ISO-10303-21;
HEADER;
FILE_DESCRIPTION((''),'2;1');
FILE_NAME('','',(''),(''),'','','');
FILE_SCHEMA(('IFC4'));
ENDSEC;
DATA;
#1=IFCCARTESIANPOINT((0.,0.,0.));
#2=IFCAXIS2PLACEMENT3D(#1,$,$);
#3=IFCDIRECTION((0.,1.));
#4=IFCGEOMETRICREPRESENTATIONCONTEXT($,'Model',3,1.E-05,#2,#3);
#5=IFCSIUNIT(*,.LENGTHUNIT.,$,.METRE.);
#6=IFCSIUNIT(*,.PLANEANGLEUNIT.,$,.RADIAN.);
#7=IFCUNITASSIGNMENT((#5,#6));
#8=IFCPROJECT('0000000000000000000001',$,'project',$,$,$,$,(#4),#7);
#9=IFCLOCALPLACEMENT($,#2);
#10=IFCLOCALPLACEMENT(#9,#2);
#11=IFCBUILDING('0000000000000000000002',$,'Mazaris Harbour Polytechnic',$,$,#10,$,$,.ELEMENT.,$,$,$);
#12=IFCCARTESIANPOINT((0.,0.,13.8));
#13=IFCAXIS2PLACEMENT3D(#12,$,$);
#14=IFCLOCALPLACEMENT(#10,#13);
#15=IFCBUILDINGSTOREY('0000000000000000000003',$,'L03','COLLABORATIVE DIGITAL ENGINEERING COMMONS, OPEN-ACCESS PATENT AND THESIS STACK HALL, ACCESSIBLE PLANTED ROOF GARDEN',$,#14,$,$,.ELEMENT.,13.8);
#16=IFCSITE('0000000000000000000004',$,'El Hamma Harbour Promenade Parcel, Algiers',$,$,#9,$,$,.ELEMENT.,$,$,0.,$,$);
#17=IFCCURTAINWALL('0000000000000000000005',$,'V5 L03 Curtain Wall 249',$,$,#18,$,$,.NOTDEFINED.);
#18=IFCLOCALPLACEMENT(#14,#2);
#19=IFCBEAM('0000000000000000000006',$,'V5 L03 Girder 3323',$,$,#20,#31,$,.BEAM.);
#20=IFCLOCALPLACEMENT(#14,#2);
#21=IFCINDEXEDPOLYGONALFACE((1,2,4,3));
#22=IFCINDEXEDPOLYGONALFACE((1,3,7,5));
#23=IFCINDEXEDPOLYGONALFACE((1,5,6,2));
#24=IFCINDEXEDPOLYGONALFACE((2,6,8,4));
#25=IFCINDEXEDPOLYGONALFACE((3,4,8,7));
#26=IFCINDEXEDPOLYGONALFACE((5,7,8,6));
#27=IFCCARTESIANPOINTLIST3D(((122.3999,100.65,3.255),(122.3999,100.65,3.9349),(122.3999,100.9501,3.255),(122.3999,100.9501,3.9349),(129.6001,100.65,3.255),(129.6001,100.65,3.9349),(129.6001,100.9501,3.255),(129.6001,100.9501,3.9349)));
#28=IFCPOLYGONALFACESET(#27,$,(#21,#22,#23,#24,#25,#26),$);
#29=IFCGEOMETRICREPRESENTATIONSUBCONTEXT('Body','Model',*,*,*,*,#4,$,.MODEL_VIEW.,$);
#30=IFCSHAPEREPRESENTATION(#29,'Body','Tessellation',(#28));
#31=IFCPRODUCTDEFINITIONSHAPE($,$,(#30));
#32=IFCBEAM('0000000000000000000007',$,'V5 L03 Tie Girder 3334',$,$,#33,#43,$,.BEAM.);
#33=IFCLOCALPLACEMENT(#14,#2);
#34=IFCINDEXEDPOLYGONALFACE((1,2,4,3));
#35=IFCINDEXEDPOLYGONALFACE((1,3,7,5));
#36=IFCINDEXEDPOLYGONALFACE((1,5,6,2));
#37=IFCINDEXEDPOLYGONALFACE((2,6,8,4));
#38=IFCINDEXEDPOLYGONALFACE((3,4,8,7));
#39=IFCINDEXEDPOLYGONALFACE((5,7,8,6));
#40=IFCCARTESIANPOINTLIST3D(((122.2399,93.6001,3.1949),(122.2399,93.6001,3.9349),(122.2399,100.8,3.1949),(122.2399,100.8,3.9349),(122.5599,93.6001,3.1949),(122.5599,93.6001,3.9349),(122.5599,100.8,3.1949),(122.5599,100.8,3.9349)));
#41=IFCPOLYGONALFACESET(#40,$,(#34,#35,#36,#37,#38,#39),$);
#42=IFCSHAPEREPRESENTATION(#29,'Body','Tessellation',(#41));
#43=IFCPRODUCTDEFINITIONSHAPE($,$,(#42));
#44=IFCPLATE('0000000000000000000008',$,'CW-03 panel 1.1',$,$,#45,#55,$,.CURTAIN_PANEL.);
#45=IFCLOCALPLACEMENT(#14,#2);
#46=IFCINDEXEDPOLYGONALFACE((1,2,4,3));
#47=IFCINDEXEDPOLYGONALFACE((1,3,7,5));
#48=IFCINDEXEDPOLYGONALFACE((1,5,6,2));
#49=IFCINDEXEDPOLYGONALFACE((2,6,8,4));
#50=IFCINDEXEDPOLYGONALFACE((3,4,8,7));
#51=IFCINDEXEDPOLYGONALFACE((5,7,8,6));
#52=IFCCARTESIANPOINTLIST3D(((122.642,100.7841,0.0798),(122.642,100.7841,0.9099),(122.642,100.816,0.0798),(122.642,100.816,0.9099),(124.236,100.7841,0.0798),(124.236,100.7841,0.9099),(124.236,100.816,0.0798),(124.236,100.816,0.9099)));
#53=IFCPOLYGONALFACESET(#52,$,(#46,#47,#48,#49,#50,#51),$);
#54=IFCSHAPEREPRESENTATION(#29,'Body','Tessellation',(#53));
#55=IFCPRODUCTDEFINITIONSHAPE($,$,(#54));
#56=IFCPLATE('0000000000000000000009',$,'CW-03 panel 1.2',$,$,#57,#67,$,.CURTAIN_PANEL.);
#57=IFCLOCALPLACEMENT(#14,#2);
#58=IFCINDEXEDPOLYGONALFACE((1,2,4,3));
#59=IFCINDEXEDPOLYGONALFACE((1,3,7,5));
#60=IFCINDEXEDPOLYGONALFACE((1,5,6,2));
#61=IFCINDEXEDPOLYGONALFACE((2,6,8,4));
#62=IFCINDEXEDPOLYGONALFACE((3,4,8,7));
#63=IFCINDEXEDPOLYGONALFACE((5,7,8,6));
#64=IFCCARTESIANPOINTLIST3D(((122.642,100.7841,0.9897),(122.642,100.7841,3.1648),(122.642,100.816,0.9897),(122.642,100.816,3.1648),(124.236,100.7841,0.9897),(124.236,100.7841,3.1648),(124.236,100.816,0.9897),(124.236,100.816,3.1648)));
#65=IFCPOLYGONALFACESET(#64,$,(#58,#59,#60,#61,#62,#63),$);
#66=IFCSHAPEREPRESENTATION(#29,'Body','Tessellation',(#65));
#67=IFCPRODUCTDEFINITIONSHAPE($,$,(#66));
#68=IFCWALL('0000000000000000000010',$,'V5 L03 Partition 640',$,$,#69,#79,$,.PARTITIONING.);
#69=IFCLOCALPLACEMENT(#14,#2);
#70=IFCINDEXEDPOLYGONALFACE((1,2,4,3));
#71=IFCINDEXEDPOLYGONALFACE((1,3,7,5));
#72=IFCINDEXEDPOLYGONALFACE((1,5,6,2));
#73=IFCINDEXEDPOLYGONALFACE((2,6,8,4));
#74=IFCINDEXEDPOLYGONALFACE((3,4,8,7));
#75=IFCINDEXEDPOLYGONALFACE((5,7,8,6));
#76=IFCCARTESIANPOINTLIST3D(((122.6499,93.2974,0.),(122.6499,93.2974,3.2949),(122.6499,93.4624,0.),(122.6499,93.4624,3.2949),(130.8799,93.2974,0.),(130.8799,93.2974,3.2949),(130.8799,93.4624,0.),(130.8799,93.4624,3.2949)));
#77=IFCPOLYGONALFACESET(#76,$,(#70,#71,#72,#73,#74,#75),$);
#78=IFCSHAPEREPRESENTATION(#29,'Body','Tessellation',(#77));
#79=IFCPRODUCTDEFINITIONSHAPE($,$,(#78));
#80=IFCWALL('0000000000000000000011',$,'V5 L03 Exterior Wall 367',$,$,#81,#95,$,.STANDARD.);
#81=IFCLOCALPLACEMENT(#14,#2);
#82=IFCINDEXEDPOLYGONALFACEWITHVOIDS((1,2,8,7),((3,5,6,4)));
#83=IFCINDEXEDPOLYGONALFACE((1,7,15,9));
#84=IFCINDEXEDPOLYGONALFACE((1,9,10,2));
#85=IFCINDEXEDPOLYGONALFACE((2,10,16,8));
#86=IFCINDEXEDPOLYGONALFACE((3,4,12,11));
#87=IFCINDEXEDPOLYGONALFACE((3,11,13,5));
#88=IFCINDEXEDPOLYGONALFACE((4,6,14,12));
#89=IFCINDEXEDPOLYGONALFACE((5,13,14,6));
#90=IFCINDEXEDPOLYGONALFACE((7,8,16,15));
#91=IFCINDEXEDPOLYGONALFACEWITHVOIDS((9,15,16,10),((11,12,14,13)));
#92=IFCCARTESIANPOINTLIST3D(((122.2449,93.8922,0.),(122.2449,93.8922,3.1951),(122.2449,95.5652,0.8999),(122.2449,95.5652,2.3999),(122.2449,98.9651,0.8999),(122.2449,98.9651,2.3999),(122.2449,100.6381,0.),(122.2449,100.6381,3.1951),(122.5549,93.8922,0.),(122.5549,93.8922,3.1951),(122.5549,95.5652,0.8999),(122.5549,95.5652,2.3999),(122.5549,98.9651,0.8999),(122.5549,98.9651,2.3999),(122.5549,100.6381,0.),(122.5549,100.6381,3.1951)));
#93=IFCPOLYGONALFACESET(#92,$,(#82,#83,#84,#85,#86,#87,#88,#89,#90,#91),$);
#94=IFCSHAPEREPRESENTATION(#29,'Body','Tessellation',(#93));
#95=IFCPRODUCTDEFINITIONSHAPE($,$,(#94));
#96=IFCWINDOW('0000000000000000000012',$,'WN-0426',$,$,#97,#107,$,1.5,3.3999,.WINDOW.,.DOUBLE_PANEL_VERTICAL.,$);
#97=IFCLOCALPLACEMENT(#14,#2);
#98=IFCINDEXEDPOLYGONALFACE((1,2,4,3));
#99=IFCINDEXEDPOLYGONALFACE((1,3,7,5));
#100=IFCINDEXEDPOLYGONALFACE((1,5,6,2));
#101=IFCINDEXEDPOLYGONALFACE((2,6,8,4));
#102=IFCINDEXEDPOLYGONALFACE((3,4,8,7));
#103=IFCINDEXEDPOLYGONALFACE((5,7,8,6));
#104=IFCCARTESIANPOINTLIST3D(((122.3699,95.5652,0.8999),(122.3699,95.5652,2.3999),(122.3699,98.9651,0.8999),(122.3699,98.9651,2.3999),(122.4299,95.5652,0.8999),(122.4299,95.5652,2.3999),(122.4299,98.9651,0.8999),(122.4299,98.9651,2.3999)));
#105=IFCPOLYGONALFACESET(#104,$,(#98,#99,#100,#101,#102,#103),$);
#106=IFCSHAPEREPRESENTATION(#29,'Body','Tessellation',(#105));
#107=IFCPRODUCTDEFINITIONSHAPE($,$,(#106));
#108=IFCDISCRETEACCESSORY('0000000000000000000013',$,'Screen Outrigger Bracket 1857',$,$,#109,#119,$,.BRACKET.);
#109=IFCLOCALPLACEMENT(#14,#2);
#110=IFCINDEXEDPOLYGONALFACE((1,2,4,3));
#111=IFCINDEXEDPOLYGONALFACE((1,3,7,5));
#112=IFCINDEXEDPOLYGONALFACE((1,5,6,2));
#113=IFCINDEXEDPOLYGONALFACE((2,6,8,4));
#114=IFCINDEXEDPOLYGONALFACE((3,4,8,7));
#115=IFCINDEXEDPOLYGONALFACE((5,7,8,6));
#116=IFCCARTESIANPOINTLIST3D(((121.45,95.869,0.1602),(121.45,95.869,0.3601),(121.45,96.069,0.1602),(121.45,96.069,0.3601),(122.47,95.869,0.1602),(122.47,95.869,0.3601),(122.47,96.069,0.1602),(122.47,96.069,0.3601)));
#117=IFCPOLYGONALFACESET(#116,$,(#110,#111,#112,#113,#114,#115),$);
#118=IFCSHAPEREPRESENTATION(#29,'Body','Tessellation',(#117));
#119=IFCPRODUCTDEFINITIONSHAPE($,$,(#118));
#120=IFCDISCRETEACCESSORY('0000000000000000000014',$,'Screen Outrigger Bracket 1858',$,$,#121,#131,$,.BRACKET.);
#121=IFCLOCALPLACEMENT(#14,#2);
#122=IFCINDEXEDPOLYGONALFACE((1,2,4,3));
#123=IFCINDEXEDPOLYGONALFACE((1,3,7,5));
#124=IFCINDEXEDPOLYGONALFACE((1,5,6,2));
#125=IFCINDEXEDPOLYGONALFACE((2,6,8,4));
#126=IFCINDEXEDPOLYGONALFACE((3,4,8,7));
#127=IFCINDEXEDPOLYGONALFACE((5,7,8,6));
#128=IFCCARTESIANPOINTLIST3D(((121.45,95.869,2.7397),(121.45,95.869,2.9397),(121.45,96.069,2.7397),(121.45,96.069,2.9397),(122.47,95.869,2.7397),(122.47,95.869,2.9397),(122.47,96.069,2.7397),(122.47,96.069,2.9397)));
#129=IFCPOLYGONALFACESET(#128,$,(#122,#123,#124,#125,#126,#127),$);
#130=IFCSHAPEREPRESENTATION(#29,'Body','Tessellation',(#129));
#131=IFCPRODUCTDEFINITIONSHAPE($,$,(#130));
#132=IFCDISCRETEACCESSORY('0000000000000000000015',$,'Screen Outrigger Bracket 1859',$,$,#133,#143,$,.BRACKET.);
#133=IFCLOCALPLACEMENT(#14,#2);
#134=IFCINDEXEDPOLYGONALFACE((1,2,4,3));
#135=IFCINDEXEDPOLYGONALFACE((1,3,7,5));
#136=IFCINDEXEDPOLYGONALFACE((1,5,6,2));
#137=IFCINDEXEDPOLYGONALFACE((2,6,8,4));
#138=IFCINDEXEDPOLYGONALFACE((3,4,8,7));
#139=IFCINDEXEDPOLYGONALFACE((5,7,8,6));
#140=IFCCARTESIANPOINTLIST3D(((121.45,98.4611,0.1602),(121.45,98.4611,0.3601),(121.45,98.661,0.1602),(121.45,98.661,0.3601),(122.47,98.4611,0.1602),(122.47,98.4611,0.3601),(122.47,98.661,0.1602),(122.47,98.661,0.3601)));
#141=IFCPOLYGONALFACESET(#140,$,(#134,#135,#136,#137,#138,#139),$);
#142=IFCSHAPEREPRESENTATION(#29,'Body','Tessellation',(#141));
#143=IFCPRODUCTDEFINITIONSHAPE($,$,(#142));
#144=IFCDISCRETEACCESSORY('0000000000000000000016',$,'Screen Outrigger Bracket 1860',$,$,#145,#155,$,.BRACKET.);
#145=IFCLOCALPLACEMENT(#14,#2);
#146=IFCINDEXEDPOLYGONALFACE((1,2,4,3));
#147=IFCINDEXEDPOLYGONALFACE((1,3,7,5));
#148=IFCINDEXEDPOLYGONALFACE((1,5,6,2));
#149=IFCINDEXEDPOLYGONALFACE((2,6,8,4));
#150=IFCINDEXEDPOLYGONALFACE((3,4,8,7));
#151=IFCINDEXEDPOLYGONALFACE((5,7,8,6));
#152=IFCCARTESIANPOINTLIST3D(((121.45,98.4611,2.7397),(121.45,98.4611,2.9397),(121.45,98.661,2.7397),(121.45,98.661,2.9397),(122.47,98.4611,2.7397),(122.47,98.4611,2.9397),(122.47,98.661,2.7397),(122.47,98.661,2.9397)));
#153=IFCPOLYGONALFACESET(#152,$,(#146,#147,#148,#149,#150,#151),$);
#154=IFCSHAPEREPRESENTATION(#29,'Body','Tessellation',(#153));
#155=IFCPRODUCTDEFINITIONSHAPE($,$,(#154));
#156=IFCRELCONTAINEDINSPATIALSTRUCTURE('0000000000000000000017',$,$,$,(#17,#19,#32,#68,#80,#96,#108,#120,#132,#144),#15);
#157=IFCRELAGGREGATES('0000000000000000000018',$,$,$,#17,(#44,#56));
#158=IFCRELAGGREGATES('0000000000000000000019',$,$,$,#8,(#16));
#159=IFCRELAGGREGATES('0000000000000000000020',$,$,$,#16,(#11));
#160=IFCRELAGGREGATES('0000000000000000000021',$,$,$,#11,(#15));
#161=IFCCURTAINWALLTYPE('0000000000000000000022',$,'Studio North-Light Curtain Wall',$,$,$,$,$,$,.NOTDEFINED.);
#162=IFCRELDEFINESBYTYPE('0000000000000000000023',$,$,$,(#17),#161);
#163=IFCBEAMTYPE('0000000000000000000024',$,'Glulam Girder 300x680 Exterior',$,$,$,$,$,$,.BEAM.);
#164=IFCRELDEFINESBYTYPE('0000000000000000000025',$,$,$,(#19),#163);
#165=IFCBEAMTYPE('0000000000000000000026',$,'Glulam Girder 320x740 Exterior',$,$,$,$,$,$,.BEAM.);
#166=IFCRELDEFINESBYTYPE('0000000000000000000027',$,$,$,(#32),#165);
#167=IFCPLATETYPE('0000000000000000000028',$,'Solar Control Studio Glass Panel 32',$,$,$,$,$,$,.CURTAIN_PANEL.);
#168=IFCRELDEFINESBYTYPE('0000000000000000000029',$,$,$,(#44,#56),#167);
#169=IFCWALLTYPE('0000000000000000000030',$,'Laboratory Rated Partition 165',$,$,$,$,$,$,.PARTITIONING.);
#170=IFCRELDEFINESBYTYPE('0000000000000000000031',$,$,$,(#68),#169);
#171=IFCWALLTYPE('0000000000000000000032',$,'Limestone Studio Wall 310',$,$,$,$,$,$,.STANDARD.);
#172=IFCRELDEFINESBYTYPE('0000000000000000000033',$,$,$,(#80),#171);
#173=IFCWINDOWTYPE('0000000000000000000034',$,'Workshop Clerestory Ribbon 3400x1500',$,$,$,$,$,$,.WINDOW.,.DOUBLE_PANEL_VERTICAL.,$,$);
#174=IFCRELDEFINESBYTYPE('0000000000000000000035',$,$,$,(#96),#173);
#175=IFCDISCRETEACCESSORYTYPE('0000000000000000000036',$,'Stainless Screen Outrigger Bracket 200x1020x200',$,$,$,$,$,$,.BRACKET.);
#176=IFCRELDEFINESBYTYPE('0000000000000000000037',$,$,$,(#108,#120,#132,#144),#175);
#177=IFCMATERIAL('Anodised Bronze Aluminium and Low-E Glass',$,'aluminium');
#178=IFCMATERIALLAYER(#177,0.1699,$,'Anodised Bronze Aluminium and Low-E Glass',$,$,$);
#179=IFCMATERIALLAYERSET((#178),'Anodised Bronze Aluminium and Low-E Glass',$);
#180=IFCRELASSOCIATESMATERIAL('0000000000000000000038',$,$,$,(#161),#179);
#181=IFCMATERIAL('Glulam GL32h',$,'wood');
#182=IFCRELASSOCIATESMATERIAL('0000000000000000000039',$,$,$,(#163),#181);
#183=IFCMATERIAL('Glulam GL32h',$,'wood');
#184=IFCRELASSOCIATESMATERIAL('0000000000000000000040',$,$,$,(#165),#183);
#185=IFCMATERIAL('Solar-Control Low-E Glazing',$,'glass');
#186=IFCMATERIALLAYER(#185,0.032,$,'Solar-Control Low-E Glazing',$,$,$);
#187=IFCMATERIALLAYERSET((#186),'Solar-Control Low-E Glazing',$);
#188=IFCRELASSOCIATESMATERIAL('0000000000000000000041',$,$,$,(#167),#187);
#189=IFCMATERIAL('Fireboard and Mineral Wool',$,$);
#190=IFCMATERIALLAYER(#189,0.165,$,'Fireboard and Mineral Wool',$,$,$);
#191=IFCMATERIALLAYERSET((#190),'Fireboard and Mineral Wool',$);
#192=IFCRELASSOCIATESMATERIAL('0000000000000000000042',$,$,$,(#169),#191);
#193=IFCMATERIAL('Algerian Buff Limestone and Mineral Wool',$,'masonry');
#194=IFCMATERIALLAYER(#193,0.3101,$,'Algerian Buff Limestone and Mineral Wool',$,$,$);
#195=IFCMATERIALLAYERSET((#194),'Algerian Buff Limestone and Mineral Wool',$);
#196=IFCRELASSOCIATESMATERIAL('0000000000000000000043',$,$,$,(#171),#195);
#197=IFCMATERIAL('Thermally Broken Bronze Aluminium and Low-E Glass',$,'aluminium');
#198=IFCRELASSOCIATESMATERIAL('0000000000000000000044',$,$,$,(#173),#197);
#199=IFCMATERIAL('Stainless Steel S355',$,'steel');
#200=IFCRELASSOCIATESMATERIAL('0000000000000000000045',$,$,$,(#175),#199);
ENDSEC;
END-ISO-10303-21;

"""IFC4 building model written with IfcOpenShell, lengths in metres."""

from ifc_helpers import new_model, si_unit, direction, frame, frame_2d, origin, origin_2d, place, context, subcontext, project, spatial, rectangle, extrude, material, layer, layer_set, material_profile, profile_set, type_object, element, fill, aggregate, save


model = new_model("IFC4")

# Units and contexts
model_context = context("Model", 3, precision=1e-05, world=origin(), true_north=direction((0.0, 1.0)))
body_context = subcontext(model_context, "Body", "Model", "MODEL_VIEW")
ifc_project = project(units=[si_unit("LENGTHUNIT", "METRE"), si_unit("PLANEANGLEUNIT", "RADIAN")], contexts=[model_context])

# Site, building, storey
site_placement = place(None, origin())
site = spatial("IfcSite", under=ifc_project, at=site_placement, Name="El Hamma Harbour Promenade Parcel, Algiers", CompositionType="ELEMENT", RefElevation=0.0)
building_placement = place(site_placement, origin())
building = spatial("IfcBuilding", under=site, at=building_placement, Name="Mazaris Harbour Polytechnic", CompositionType="ELEMENT")
storey_placement = place(building_placement, frame((0.0, 0.0, 13.8)))
storey = spatial("IfcBuildingStorey", under=building, at=storey_placement, Name="L03", Description="COLLABORATIVE DIGITAL ENGINEERING COMMONS, OPEN-ACCESS PATENT AND THESIS STACK HALL, ACCESSIBLE PLANTED ROOF GARDEN", CompositionType="ELEMENT", Elevation=13.8)

# Curtain wall
ifc_material_1 = material(Name="Anodised Bronze Aluminium and Low-E Glass", Category="aluminium")
ifc_layer_1 = layer(ifc_material_1, 0.1699, Name="Anodised Bronze Aluminium and Low-E Glass")
ifc_layer_set_1 = layer_set([ifc_layer_1], Name="Anodised Bronze Aluminium and Low-E Glass")
curtain_wall_type = type_object("IfcCurtainWallType", Name="Studio North-Light Curtain Wall", PredefinedType="NOTDEFINED", material=ifc_layer_set_1)
curtain_wall_placement = place(storey_placement, origin())
curtain_wall = element("IfcCurtainWall", 1, at=curtain_wall_placement, inside=storey, type_object=curtain_wall_type, Name="V5 L03 Curtain Wall 249", PredefinedType="NOTDEFINED")

# Beams
ifc_material_2 = material(Name="Glulam GL32h", Category="wood")
ifc_material_profile_1 = material_profile(ifc_material_2, rectangle(XDim=0.3, YDim=0.6799, at=origin_2d()), Name="RECT300x680")
ifc_profile_set_1 = profile_set([ifc_material_profile_1], Name="Glulam GL32h")
beam_type_1 = type_object("IfcBeamType", Name="Glulam Girder 300x680 Exterior", PredefinedType="BEAM", material=ifc_profile_set_1)
beam_1_placement = place(storey_placement, frame((122.3999, 100.8, 3.595), z_axis=(1.0, 0.0, 0.0), x_axis=(0.0, 1.0, 0.0)))
element("IfcBeam", 2, at=beam_1_placement, inside=storey, type_object=beam_type_1, Name="V5 L03 Girder 3323", PredefinedType="BEAM", context=body_context, shape_type="SweptSolid", body=[
    extrude(rectangle(XDim=0.3, YDim=0.6799, at=origin_2d()), origin(), (0.0, 0.0, 1.0), 7.2002),
])
ifc_material_3 = material(Name="Glulam GL32h", Category="wood")
ifc_material_profile_2 = material_profile(ifc_material_3, rectangle(XDim=0.3201, YDim=0.74, at=origin_2d()), Name="RECT320x740")
ifc_profile_set_2 = profile_set([ifc_material_profile_2], Name="Glulam GL32h")
beam_type_2 = type_object("IfcBeamType", Name="Glulam Girder 320x740 Exterior", PredefinedType="BEAM", material=ifc_profile_set_2)
beam_2_placement = place(storey_placement, frame((122.3999, 93.6001, 3.5649), z_axis=(0.0, 1.0, 0.0), x_axis=(-1.0, 0.0, 0.0)))
element("IfcBeam", 3, at=beam_2_placement, inside=storey, type_object=beam_type_2, Name="V5 L03 Tie Girder 3334", PredefinedType="BEAM", context=body_context, shape_type="SweptSolid", body=[
    extrude(rectangle(XDim=0.3201, YDim=0.74, at=origin_2d()), origin(), (0.0, 0.0, 1.0), 7.2),
])

# Plates
ifc_material_4 = material(Name="Solar-Control Low-E Glazing", Category="glass")
ifc_layer_2 = layer(ifc_material_4, 0.032, Name="Solar-Control Low-E Glazing")
ifc_layer_set_2 = layer_set([ifc_layer_2], Name="Solar-Control Low-E Glazing")
plate_type = type_object("IfcPlateType", Name="Solar Control Studio Glass Panel 32", PredefinedType="CURTAIN_PANEL", material=ifc_layer_set_2)
plate_1_placement = place(storey_placement, frame((123.439, 100.8, 0.0798), z_axis=(0.0, 0.0, 1.0), x_axis=(1.0, 0.0, 0.0)))
plate_1 = element("IfcPlate", 4, at=plate_1_placement, type_object=plate_type, Name="CW-03 panel 1.1", PredefinedType="CURTAIN_PANEL", context=body_context, shape_type="SweptSolid", body=[
    extrude(rectangle(XDim=1.594, YDim=0.032, at=origin_2d()), origin(), (0.0, 0.0, 1.0), 0.8301),
])
plate_2_placement = place(storey_placement, frame((123.439, 100.8, 0.9897), z_axis=(0.0, 0.0, 1.0), x_axis=(1.0, 0.0, 0.0)))
plate_2 = element("IfcPlate", 5, at=plate_2_placement, type_object=plate_type, Name="CW-03 panel 1.2", PredefinedType="CURTAIN_PANEL", context=body_context, shape_type="SweptSolid", body=[
    extrude(rectangle(XDim=1.594, YDim=0.032, at=origin_2d()), origin(), (0.0, 0.0, 1.0), 2.175),
])
aggregate(curtain_wall, [plate_1, plate_2])

# Wall
ifc_material_5 = material(Name="Fireboard and Mineral Wool")
ifc_layer_3 = layer(ifc_material_5, 0.165, Name="Fireboard and Mineral Wool")
ifc_layer_set_3 = layer_set([ifc_layer_3], Name="Fireboard and Mineral Wool")
wall_type_1 = type_object("IfcWallType", Name="Laboratory Rated Partition 165", PredefinedType="PARTITIONING", material=ifc_layer_set_3)
wall_1_placement = place(storey_placement, frame((122.6499, 93.3799, 0.0), z_axis=(0.0, 0.0, 1.0), x_axis=(1.0, 0.0, 0.0)))
element("IfcWall", 6, at=wall_1_placement, inside=storey, type_object=wall_type_1, Name="V5 L03 Partition 640", PredefinedType="PARTITIONING", context=body_context, shape_type="SweptSolid", body=[
    extrude(rectangle(XDim=8.23, YDim=0.165, at=frame_2d((4.115, 0.0))), origin(), (0.0, 0.0, 1.0), 3.2949),
])

# Wall, opening, window
ifc_material_6 = material(Name="Algerian Buff Limestone and Mineral Wool", Category="masonry")
ifc_layer_4 = layer(ifc_material_6, 0.3101, Name="Algerian Buff Limestone and Mineral Wool")
ifc_layer_set_4 = layer_set([ifc_layer_4], Name="Algerian Buff Limestone and Mineral Wool")
wall_type_2 = type_object("IfcWallType", Name="Limestone Studio Wall 310", PredefinedType="STANDARD", material=ifc_layer_set_4)
wall_2_placement = place(storey_placement, frame((122.3999, 93.8921, 0.0), z_axis=(0.0, 0.0, 1.0), x_axis=(0.0, 1.0, 0.0)))
wall_2 = element("IfcWall", 7, at=wall_2_placement, inside=storey, type_object=wall_type_2, Name="V5 L03 Exterior Wall 367", PredefinedType="STANDARD", context=body_context, shape_type="SweptSolid", body=[
    extrude(rectangle(XDim=6.7458, YDim=0.3101, at=frame_2d((3.373, 0.0))), origin(), (0.0, 0.0, 1.0), 3.1951),
])
opening_placement = place(wall_2_placement, frame((1.6731, 0.0, 0.8999)))
opening = element("IfcOpeningElement", 8, at=opening_placement, cuts=wall_2, PredefinedType="OPENING", context=body_context, shape_type="SweptSolid", body=[
    extrude(rectangle(XDim=3.3999, YDim=1.5, at=frame_2d((1.7, 0.75))), frame((0.0, 0.165, 0.0), z_axis=(0.0, -1.0, 0.0), x_axis=(1.0, 0.0, 0.0)), (0.0, 0.0, 1.0), 0.3301),
])
ifc_material_7 = material(Name="Thermally Broken Bronze Aluminium and Low-E Glass", Category="aluminium")
window_type = type_object("IfcWindowType", Name="Workshop Clerestory Ribbon 3400x1500", PartitioningType="DOUBLE_PANEL_VERTICAL", PredefinedType="WINDOW", material=ifc_material_7)
window_placement = place(opening_placement, origin())
window = element("IfcWindow", 9, at=window_placement, inside=storey, type_object=window_type, Name="WN-0426", OverallHeight=1.5, OverallWidth=3.3999, PartitioningType="DOUBLE_PANEL_VERTICAL", PredefinedType="WINDOW", context=body_context, shape_type="SweptSolid", body=[
    extrude(rectangle(XDim=3.3999, YDim=1.5, at=frame_2d((1.7, 0.75))), frame((0.0, 0.03, 0.0), z_axis=(0.0, -1.0, 0.0), x_axis=(1.0, 0.0, 0.0)), (0.0, 0.0, 1.0), 0.0601),
])
fill(opening, window)

# Discrete accessories
ifc_material_8 = material(Name="Stainless Steel S355", Category="steel")
discrete_accessory_type = type_object("IfcDiscreteAccessoryType", Name="Stainless Screen Outrigger Bracket 200x1020x200", PredefinedType="BRACKET", material=ifc_material_8)
for number, where, z_axis, x_axis, name in (
    (10, (121.96, 95.969, 0.1602), (0.0, 0.0, 1.0), (0.0, 1.0, 0.0), "Screen Outrigger Bracket 1857"),
    (11, (121.96, 95.969, 2.7397), (0.0, 0.0, 1.0), (0.0, 1.0, 0.0), "Screen Outrigger Bracket 1858"),
    (12, (121.96, 98.561, 0.1602), (0.0, 0.0, 1.0), (0.0, 1.0, 0.0), "Screen Outrigger Bracket 1859"),
    (13, (121.96, 98.561, 2.7397), (0.0, 0.0, 1.0), (0.0, 1.0, 0.0), "Screen Outrigger Bracket 1860"),
):
    element("IfcDiscreteAccessory", number, at=place(storey_placement, frame(where, z_axis=z_axis, x_axis=x_axis)), inside=storey, type_object=discrete_accessory_type, Name=name, PredefinedType="BRACKET", context=body_context, shape_type="SweptSolid", body=[
        extrude(rectangle(XDim=0.2, YDim=1.02, at=origin_2d()), origin(), (0.0, 0.0, 1.0), 0.2),
    ])

save(model, "model.ifc")
